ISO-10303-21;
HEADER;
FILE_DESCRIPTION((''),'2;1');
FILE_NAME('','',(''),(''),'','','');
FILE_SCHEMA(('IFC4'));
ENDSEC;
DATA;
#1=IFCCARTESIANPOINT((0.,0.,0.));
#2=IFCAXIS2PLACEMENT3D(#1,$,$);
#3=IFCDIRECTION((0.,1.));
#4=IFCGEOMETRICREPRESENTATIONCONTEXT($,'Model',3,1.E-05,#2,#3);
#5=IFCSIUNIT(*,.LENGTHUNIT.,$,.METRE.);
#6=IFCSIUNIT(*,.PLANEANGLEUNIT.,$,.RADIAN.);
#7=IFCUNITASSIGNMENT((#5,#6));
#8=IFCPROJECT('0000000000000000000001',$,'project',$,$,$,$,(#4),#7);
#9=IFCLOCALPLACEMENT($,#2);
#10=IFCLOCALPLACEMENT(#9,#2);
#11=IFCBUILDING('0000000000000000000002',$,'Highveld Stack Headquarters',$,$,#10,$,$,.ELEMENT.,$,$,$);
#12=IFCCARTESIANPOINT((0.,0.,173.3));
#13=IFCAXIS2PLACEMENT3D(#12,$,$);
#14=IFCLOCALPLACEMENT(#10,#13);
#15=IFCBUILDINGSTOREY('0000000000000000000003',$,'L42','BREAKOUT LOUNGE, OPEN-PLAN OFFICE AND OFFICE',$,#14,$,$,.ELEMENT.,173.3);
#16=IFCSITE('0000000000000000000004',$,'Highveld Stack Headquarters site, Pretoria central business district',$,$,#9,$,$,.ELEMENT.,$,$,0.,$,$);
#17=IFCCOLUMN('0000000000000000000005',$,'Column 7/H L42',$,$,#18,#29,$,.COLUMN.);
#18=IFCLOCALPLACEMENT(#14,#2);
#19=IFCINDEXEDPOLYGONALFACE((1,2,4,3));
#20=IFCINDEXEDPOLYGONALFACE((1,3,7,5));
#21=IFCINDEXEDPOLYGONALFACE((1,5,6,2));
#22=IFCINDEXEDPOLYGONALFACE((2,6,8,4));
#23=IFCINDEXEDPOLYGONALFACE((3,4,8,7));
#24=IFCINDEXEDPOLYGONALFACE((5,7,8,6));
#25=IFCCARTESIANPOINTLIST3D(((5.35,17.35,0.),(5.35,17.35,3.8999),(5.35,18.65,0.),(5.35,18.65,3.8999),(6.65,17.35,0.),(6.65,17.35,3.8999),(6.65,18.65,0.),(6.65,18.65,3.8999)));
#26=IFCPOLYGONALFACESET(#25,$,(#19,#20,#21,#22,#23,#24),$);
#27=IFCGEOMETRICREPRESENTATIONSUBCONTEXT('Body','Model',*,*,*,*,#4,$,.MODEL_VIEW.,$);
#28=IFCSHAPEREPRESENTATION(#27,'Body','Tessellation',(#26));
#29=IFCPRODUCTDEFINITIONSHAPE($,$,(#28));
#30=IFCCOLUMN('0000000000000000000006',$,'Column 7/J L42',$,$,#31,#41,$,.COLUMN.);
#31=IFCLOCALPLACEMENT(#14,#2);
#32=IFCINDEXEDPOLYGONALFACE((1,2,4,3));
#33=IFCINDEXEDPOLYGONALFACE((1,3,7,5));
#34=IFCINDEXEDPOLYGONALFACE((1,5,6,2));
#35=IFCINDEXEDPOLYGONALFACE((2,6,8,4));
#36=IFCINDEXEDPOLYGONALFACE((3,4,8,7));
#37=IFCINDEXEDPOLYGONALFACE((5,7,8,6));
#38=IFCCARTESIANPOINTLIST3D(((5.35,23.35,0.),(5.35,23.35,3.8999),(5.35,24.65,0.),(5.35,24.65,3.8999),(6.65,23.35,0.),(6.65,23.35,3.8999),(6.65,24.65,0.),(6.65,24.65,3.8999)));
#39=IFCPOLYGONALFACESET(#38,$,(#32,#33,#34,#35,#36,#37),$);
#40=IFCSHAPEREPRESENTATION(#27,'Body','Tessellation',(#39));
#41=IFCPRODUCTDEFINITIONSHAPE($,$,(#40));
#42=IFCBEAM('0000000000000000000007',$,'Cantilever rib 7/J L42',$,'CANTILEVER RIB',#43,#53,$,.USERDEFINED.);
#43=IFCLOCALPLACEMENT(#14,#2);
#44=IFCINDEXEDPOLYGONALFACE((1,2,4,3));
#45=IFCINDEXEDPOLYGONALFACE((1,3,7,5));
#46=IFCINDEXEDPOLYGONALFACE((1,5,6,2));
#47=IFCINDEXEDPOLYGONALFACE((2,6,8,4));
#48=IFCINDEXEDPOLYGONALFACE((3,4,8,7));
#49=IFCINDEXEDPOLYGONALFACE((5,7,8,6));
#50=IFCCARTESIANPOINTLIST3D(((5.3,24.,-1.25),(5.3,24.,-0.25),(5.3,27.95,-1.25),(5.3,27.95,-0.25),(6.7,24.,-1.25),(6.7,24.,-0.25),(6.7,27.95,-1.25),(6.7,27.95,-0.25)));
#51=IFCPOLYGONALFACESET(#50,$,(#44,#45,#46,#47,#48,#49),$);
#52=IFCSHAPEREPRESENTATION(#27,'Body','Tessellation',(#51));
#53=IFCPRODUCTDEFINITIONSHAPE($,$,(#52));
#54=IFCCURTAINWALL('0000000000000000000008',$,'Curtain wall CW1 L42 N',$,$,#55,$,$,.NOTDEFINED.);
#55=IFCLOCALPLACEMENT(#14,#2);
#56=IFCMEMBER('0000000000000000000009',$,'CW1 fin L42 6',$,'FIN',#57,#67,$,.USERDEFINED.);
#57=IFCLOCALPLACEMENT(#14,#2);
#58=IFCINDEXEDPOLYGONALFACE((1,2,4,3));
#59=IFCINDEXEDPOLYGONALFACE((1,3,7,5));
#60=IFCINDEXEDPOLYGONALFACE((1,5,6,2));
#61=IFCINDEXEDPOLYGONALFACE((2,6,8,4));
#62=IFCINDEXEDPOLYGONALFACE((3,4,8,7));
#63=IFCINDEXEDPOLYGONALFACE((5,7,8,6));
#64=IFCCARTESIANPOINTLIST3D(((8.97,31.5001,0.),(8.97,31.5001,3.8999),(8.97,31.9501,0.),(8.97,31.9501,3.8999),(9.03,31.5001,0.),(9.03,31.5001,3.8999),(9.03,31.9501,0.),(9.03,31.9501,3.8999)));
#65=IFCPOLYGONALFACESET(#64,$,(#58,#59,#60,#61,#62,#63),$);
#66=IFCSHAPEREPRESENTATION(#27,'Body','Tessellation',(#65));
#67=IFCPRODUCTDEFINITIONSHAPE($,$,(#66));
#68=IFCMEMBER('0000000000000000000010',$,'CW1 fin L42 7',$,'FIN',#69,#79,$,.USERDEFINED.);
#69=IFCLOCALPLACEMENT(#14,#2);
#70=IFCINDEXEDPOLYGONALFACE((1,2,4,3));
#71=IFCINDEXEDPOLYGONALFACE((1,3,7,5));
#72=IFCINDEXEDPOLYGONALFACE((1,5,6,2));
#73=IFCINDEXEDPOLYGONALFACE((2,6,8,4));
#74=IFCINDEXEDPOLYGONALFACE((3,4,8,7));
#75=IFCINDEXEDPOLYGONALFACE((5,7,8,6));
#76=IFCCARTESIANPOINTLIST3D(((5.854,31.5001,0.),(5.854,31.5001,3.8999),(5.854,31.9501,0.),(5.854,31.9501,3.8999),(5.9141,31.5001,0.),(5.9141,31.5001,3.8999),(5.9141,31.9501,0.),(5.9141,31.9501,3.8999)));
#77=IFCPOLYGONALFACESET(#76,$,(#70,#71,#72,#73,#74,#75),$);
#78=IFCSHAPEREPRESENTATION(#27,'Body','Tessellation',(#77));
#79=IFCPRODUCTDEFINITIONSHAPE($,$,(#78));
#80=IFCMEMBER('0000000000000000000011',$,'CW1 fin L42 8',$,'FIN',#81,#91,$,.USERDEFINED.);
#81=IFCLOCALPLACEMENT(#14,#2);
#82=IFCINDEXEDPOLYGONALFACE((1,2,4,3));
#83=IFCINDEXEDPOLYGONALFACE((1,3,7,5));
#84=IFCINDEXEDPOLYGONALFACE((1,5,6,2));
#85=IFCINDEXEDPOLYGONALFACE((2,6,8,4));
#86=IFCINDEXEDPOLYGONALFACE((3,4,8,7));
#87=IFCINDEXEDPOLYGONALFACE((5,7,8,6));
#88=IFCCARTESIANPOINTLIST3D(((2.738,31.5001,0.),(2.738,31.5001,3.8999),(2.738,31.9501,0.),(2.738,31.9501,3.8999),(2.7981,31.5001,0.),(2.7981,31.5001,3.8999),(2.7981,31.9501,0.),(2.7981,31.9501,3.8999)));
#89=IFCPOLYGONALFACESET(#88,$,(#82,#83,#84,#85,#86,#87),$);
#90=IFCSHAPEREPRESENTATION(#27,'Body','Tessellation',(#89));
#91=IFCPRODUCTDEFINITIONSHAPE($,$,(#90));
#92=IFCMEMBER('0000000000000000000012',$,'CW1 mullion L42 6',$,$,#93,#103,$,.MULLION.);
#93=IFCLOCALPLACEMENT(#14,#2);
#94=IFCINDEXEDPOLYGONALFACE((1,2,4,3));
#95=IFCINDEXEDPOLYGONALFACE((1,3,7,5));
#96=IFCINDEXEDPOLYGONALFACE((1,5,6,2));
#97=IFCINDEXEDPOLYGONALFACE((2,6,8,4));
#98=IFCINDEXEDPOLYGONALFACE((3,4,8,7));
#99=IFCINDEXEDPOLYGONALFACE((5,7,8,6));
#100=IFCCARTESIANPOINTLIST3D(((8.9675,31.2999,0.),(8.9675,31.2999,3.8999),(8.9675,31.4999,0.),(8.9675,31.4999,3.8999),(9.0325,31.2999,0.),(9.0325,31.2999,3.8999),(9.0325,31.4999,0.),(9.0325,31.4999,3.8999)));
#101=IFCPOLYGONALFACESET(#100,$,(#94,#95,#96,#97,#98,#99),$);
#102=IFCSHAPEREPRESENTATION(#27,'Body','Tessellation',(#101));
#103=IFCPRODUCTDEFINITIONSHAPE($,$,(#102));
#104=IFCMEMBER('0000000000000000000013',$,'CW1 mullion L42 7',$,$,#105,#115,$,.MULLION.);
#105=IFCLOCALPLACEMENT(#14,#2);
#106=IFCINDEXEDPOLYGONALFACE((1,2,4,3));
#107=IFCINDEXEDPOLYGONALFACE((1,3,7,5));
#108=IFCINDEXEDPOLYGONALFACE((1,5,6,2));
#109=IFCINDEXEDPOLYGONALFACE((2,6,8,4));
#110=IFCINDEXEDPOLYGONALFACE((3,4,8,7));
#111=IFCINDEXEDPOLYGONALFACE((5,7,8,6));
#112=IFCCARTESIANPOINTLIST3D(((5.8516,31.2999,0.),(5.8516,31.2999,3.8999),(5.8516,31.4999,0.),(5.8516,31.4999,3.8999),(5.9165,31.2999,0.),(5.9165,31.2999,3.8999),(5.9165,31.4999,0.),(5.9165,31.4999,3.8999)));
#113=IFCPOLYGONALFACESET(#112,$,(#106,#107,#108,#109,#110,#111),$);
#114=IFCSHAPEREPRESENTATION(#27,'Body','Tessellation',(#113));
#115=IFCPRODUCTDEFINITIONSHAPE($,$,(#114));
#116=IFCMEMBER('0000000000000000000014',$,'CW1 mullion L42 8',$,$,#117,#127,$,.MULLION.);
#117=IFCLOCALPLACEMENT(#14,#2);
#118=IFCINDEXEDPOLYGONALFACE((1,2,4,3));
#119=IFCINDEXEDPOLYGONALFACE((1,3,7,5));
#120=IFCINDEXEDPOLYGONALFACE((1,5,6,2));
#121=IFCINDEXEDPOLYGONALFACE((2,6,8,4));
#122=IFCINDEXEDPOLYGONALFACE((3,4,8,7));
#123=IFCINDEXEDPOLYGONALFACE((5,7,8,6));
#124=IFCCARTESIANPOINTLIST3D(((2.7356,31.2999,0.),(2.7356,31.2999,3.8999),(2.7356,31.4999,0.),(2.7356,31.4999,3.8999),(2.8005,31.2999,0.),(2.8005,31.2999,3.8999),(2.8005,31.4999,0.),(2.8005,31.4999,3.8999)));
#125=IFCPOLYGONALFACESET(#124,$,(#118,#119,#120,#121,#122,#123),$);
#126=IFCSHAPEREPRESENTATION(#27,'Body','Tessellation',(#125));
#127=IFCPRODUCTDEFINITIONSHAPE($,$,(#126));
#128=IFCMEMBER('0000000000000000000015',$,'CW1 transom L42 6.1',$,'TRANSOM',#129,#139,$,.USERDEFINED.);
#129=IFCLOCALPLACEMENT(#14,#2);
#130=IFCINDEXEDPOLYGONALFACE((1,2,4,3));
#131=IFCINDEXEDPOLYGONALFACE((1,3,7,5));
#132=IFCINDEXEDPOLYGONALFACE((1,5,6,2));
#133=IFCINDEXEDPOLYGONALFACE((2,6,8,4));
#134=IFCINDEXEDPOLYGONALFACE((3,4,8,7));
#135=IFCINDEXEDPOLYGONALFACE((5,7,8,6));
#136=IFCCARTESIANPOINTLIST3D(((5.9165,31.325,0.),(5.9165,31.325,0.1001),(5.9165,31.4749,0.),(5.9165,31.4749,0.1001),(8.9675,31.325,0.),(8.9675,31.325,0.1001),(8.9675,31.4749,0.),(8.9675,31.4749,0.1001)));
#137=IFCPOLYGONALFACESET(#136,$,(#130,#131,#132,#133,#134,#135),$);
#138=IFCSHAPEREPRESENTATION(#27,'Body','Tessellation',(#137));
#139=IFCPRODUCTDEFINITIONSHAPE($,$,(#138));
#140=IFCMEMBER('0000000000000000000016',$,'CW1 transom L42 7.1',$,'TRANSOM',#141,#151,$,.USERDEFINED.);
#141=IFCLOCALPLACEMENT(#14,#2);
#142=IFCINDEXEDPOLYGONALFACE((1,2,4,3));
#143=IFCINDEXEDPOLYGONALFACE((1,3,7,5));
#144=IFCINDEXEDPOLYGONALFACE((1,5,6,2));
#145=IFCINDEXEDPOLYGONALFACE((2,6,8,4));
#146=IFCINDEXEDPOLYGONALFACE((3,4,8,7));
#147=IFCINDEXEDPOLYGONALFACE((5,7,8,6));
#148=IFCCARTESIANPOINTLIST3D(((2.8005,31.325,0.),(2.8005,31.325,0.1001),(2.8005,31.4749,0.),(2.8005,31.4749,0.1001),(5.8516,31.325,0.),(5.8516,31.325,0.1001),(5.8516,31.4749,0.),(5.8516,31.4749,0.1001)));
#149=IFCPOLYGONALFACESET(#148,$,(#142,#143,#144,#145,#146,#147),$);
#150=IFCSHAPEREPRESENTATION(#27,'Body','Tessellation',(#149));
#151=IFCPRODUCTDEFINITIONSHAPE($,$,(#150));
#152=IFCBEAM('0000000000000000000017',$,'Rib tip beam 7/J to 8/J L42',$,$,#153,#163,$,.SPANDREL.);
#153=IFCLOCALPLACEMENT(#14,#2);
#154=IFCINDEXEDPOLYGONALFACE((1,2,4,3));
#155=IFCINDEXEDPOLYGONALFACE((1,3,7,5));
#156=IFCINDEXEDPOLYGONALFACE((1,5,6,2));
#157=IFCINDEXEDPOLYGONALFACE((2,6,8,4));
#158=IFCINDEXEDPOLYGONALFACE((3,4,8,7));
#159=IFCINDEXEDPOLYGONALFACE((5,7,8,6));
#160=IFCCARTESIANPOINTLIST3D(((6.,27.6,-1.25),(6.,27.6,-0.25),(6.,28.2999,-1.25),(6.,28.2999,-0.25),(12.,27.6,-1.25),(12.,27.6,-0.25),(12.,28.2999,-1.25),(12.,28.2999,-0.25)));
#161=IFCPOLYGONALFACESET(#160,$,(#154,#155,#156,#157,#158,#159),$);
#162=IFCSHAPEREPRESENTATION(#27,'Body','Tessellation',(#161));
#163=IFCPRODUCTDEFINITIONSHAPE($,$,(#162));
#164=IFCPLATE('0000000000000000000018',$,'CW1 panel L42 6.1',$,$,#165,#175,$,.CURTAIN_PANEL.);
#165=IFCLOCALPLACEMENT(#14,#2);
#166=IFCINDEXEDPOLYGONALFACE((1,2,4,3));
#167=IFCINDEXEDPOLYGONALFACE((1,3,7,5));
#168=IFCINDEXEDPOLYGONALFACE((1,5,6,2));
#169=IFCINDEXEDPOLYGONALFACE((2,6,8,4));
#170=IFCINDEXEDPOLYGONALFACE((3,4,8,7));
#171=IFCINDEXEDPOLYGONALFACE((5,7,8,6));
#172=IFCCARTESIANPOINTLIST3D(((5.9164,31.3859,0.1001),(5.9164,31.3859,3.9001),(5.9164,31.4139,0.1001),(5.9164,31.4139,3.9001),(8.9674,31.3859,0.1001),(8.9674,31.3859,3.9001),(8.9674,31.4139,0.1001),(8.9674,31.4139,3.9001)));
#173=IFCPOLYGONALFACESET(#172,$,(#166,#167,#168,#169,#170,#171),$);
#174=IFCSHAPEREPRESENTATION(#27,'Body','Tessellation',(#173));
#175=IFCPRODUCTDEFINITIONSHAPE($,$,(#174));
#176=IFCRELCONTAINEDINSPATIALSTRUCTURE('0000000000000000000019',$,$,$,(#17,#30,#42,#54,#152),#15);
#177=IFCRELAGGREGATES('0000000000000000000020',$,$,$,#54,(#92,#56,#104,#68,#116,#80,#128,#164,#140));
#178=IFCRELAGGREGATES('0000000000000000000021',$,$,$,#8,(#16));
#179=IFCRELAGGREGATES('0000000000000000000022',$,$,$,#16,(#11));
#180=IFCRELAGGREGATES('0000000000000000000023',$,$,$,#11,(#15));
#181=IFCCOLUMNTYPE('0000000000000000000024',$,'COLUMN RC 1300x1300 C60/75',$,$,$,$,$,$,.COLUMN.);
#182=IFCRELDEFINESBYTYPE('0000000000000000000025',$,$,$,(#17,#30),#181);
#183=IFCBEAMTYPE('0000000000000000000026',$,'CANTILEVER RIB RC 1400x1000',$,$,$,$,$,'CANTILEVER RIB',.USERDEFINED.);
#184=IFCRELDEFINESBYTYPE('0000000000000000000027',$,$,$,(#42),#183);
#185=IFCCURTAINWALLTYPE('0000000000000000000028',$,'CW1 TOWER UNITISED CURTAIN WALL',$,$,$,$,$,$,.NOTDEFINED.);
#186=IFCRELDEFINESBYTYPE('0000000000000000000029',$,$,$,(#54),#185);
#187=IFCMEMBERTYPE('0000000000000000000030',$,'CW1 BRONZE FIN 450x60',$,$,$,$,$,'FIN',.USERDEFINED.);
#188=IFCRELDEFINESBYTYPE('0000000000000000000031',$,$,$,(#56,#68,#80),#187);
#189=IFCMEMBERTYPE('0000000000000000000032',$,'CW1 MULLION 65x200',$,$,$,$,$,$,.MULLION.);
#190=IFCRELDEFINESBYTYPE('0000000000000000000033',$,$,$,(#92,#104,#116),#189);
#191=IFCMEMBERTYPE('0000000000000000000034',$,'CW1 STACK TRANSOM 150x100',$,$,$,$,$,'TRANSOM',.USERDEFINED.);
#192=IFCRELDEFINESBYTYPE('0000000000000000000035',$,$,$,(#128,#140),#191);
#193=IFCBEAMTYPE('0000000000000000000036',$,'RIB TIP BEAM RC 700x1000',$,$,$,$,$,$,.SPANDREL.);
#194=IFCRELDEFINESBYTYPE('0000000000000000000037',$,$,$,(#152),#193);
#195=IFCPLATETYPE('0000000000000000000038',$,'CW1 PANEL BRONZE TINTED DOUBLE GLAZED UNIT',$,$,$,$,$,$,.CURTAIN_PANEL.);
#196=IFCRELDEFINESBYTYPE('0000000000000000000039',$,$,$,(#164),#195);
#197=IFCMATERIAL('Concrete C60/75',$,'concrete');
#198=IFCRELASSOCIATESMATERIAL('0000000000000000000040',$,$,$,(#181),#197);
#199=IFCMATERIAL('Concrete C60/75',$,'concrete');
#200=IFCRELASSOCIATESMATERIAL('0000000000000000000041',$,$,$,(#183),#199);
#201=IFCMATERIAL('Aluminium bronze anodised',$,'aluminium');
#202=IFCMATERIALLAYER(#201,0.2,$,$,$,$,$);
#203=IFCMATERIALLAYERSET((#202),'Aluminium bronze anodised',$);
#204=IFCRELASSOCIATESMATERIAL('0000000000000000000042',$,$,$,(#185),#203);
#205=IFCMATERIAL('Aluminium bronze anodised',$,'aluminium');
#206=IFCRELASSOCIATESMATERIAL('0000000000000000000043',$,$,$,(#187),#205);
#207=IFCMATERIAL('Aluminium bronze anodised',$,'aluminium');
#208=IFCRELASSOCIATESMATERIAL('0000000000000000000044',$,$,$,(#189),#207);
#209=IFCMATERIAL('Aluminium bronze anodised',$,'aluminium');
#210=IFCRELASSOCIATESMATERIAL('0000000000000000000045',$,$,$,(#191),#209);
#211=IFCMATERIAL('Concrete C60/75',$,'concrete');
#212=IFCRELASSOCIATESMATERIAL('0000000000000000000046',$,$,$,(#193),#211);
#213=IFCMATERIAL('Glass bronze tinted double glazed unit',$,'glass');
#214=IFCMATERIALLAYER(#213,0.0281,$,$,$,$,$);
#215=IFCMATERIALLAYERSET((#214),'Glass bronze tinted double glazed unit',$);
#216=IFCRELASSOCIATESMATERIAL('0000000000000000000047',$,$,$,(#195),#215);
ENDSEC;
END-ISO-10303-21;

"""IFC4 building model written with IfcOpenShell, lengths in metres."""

from ifc_helpers import new_model, si_unit, direction, frame, origin, origin_2d, place, context, subcontext, project, spatial, rectangle, extrude, material, layer, layer_set, material_profile, profile_set, type_object, element, aggregate, save


model = new_model("IFC4")

# Units and contexts
model_context = context("Model", 3, precision=1e-05, world=origin(), true_north=direction((0.0, 1.0)))
body_context = subcontext(model_context, "Body", "Model", "MODEL_VIEW")
ifc_project = project(units=[si_unit("LENGTHUNIT", "METRE"), si_unit("PLANEANGLEUNIT", "RADIAN")], contexts=[model_context])

# Site, building, storey
site_placement = place(None, origin())
site = spatial("IfcSite", under=ifc_project, at=site_placement, Name="Highveld Stack Headquarters site, Pretoria central business district", CompositionType="ELEMENT", RefElevation=0.0)
building_placement = place(site_placement, origin())
building = spatial("IfcBuilding", under=site, at=building_placement, Name="Highveld Stack Headquarters", CompositionType="ELEMENT")
storey_placement = place(building_placement, frame((0.0, 0.0, 173.3)))
storey = spatial("IfcBuildingStorey", under=building, at=storey_placement, Name="L42", Description="BREAKOUT LOUNGE, OPEN-PLAN OFFICE AND OFFICE", CompositionType="ELEMENT", Elevation=173.3)

# Columns
ifc_material_1 = material(Name="Concrete C60/75", Category="concrete")
ifc_material_profile_1 = material_profile(ifc_material_1, rectangle(XDim=1.3, YDim=1.3, at=origin_2d()), Name="RC 1300x1300")
ifc_profile_set_1 = profile_set([ifc_material_profile_1], Name="Concrete C60/75")
column_type = type_object("IfcColumnType", Name="COLUMN RC 1300x1300 C60/75", PredefinedType="COLUMN", material=ifc_profile_set_1)
for number, where, z_axis, x_axis, name in (
    (1, (6.0, 18.0, 0.0), (0.0, 0.0, 1.0), (1.0, 0.0, 0.0), "Column 7/H L42"),
    (2, (6.0, 24.0, 0.0), (0.0, 0.0, 1.0), (1.0, 0.0, 0.0), "Column 7/J L42"),
):
    element("IfcColumn", number, at=place(storey_placement, frame(where, z_axis=z_axis, x_axis=x_axis)), inside=storey, type_object=column_type, Name=name, PredefinedType="COLUMN", context=body_context, shape_type="SweptSolid", body=[
        extrude(rectangle(XDim=1.3, YDim=1.3, at=origin_2d()), origin(), (0.0, 0.0, 1.0), 3.8999),
    ])

# Beam
ifc_material_2 = material(Name="Concrete C60/75", Category="concrete")
ifc_material_profile_2 = material_profile(ifc_material_2, rectangle(XDim=1.3999, YDim=1.0, at=origin_2d()), Name="RC 1400x1000")
ifc_profile_set_2 = profile_set([ifc_material_profile_2], Name="Concrete C60/75")
beam_type_1 = type_object("IfcBeamType", Name="CANTILEVER RIB RC 1400x1000", ElementType="CANTILEVER RIB", PredefinedType="USERDEFINED", material=ifc_profile_set_2)
beam_1_placement = place(storey_placement, frame((6.0, 24.0, -0.75), z_axis=(0.0, 1.0, 0.0), x_axis=(-1.0, 0.0, 0.0)))
element("IfcBeam", 3, at=beam_1_placement, inside=storey, type_object=beam_type_1, Name="Cantilever rib 7/J L42", ObjectType="CANTILEVER RIB", PredefinedType="USERDEFINED", context=body_context, shape_type="SweptSolid", body=[
    extrude(rectangle(XDim=1.3999, YDim=1.0, at=origin_2d()), origin(), (0.0, 0.0, 1.0), 3.95),
])

# Curtain wall, members
ifc_material_3 = material(Name="Aluminium bronze anodised", Category="aluminium")
ifc_layer_1 = layer(ifc_material_3, 0.2)
ifc_layer_set_1 = layer_set([ifc_layer_1], Name="Aluminium bronze anodised")
curtain_wall_type = type_object("IfcCurtainWallType", Name="CW1 TOWER UNITISED CURTAIN WALL", PredefinedType="NOTDEFINED", material=ifc_layer_set_1)
curtain_wall_placement = place(storey_placement, origin())
curtain_wall = element("IfcCurtainWall", 4, at=curtain_wall_placement, inside=storey, type_object=curtain_wall_type, Name="Curtain wall CW1 L42 N", PredefinedType="NOTDEFINED")
ifc_material_4 = material(Name="Aluminium bronze anodised", Category="aluminium")
ifc_material_profile_3 = material_profile(ifc_material_4, rectangle(XDim=0.45, YDim=0.0601, at=origin_2d()), Name="FIN 450x60")
ifc_profile_set_3 = profile_set([ifc_material_profile_3], Name="Aluminium bronze anodised")
member_type_1 = type_object("IfcMemberType", Name="CW1 BRONZE FIN 450x60", ElementType="FIN", PredefinedType="USERDEFINED", material=ifc_profile_set_3)
member_1_placement = place(storey_placement, frame((9.0, 31.7251, 0.0), z_axis=(0.0, 0.0, 1.0), x_axis=(0.0, -1.0, 0.0)))
member_1 = element("IfcMember", 5, at=member_1_placement, type_object=member_type_1, Name="CW1 fin L42 6", ObjectType="FIN", PredefinedType="USERDEFINED", context=body_context, shape_type="SweptSolid", body=[
    extrude(rectangle(XDim=0.45, YDim=0.0601, at=origin_2d()), origin(), (0.0, 0.0, 1.0), 3.8999),
])
member_2_placement = place(storey_placement, frame((5.884, 31.7251, 0.0), z_axis=(0.0, 0.0, 1.0), x_axis=(0.0, -1.0, 0.0)))
member_2 = element("IfcMember", 6, at=member_2_placement, type_object=member_type_1, Name="CW1 fin L42 7", ObjectType="FIN", PredefinedType="USERDEFINED", context=body_context, shape_type="SweptSolid", body=[
    extrude(rectangle(XDim=0.45, YDim=0.0601, at=origin_2d()), origin(), (0.0, 0.0, 1.0), 3.8999),
])
member_3_placement = place(storey_placement, frame((2.7681, 31.7251, 0.0), z_axis=(0.0, 0.0, 1.0), x_axis=(0.0, -1.0, 0.0)))
member_3 = element("IfcMember", 7, at=member_3_placement, type_object=member_type_1, Name="CW1 fin L42 8", ObjectType="FIN", PredefinedType="USERDEFINED", context=body_context, shape_type="SweptSolid", body=[
    extrude(rectangle(XDim=0.45, YDim=0.0601, at=origin_2d()), origin(), (0.0, 0.0, 1.0), 3.8999),
])
ifc_material_5 = material(Name="Aluminium bronze anodised", Category="aluminium")
ifc_material_profile_4 = material_profile(ifc_material_5, rectangle(XDim=0.2, YDim=0.0649, at=origin_2d()), Name="CW1 MULLION 65x200")
ifc_profile_set_4 = profile_set([ifc_material_profile_4], Name="Aluminium bronze anodised")
member_type_2 = type_object("IfcMemberType", Name="CW1 MULLION 65x200", PredefinedType="MULLION", material=ifc_profile_set_4)
member_4_placement = place(storey_placement, frame((9.0, 31.3999, 0.0), z_axis=(0.0, 0.0, 1.0), x_axis=(0.0, -1.0, 0.0)))
member_4 = element("IfcMember", 8, at=member_4_placement, type_object=member_type_2, Name="CW1 mullion L42 6", PredefinedType="MULLION", context=body_context, shape_type="SweptSolid", body=[
    extrude(rectangle(XDim=0.2, YDim=0.0649, at=origin_2d()), origin(), (0.0, 0.0, 1.0), 3.8999),
])
member_5_placement = place(storey_placement, frame((5.884, 31.3999, 0.0), z_axis=(0.0, 0.0, 1.0), x_axis=(0.0, -1.0, 0.0)))
member_5 = element("IfcMember", 9, at=member_5_placement, type_object=member_type_2, Name="CW1 mullion L42 7", PredefinedType="MULLION", context=body_context, shape_type="SweptSolid", body=[
    extrude(rectangle(XDim=0.2, YDim=0.0649, at=origin_2d()), origin(), (0.0, 0.0, 1.0), 3.8999),
])
member_6_placement = place(storey_placement, frame((2.7681, 31.3999, 0.0), z_axis=(0.0, 0.0, 1.0), x_axis=(0.0, -1.0, 0.0)))
member_6 = element("IfcMember", 10, at=member_6_placement, type_object=member_type_2, Name="CW1 mullion L42 8", PredefinedType="MULLION", context=body_context, shape_type="SweptSolid", body=[
    extrude(rectangle(XDim=0.2, YDim=0.0649, at=origin_2d()), origin(), (0.0, 0.0, 1.0), 3.8999),
])
ifc_material_6 = material(Name="Aluminium bronze anodised", Category="aluminium")
ifc_material_profile_5 = material_profile(ifc_material_6, rectangle(XDim=0.1499, YDim=0.1001, at=origin_2d()), Name="CW1 TRANSOM 150x100")
ifc_profile_set_5 = profile_set([ifc_material_profile_5], Name="Aluminium bronze anodised")
member_type_3 = type_object("IfcMemberType", Name="CW1 STACK TRANSOM 150x100", ElementType="TRANSOM", PredefinedType="USERDEFINED", material=ifc_profile_set_5)
member_7_placement = place(storey_placement, frame((8.9675, 31.3999, 0.05), z_axis=(-1.0, 0.0, 0.0), x_axis=(0.0, -1.0, 0.0)))
member_7 = element("IfcMember", 11, at=member_7_placement, type_object=member_type_3, Name="CW1 transom L42 6.1", ObjectType="TRANSOM", PredefinedType="USERDEFINED", context=body_context, shape_type="SweptSolid", body=[
    extrude(rectangle(XDim=0.1499, YDim=0.1001, at=origin_2d()), origin(), (0.0, 0.0, 1.0), 3.051),
])
member_8_placement = place(storey_placement, frame((5.8516, 31.3999, 0.05), z_axis=(-1.0, 0.0, 0.0), x_axis=(0.0, -1.0, 0.0)))
member_8 = element("IfcMember", 12, at=member_8_placement, type_object=member_type_3, Name="CW1 transom L42 7.1", ObjectType="TRANSOM", PredefinedType="USERDEFINED", context=body_context, shape_type="SweptSolid", body=[
    extrude(rectangle(XDim=0.1499, YDim=0.1001, at=origin_2d()), origin(), (0.0, 0.0, 1.0), 3.051),
])

# Beam
ifc_material_7 = material(Name="Concrete C60/75", Category="concrete")
ifc_material_profile_6 = material_profile(ifc_material_7, rectangle(XDim=0.7, YDim=1.0, at=origin_2d()), Name="RC 700x1000")
ifc_profile_set_6 = profile_set([ifc_material_profile_6], Name="Concrete C60/75")
beam_type_2 = type_object("IfcBeamType", Name="RIB TIP BEAM RC 700x1000", PredefinedType="SPANDREL", material=ifc_profile_set_6)
beam_2_placement = place(storey_placement, frame((6.0, 27.95, -0.75), z_axis=(1.0, 0.0, 0.0), x_axis=(0.0, 1.0, 0.0)))
element("IfcBeam", 13, at=beam_2_placement, inside=storey, type_object=beam_type_2, Name="Rib tip beam 7/J to 8/J L42", PredefinedType="SPANDREL", context=body_context, shape_type="SweptSolid", body=[
    extrude(rectangle(XDim=0.7, YDim=1.0, at=origin_2d()), origin(), (0.0, 0.0, 1.0), 6.0),
])

# Plate
ifc_material_8 = material(Name="Glass bronze tinted double glazed unit", Category="glass")
ifc_layer_2 = layer(ifc_material_8, 0.0281)
ifc_layer_set_2 = layer_set([ifc_layer_2], Name="Glass bronze tinted double glazed unit")
plate_type = type_object("IfcPlateType", Name="CW1 PANEL BRONZE TINTED DOUBLE GLAZED UNIT", PredefinedType="CURTAIN_PANEL", material=ifc_layer_set_2)
plate_1_placement = place(storey_placement, frame((7.4419, 31.3999, 0.1001), z_axis=(0.0, 0.0, 1.0), x_axis=(-1.0, 0.0, 0.0)))
plate_1 = element("IfcPlate", 14, at=plate_1_placement, type_object=plate_type, Name="CW1 panel L42 6.1", PredefinedType="CURTAIN_PANEL", context=body_context, shape_type="SweptSolid", body=[
    extrude(rectangle(XDim=3.051, YDim=0.0281, at=origin_2d()), origin(), (0.0, 0.0, 1.0), 3.8),
])
aggregate(curtain_wall, [member_4, member_1, member_5, member_2, member_6, member_3, member_7, plate_1, member_8])

save(model, "model.ifc")
